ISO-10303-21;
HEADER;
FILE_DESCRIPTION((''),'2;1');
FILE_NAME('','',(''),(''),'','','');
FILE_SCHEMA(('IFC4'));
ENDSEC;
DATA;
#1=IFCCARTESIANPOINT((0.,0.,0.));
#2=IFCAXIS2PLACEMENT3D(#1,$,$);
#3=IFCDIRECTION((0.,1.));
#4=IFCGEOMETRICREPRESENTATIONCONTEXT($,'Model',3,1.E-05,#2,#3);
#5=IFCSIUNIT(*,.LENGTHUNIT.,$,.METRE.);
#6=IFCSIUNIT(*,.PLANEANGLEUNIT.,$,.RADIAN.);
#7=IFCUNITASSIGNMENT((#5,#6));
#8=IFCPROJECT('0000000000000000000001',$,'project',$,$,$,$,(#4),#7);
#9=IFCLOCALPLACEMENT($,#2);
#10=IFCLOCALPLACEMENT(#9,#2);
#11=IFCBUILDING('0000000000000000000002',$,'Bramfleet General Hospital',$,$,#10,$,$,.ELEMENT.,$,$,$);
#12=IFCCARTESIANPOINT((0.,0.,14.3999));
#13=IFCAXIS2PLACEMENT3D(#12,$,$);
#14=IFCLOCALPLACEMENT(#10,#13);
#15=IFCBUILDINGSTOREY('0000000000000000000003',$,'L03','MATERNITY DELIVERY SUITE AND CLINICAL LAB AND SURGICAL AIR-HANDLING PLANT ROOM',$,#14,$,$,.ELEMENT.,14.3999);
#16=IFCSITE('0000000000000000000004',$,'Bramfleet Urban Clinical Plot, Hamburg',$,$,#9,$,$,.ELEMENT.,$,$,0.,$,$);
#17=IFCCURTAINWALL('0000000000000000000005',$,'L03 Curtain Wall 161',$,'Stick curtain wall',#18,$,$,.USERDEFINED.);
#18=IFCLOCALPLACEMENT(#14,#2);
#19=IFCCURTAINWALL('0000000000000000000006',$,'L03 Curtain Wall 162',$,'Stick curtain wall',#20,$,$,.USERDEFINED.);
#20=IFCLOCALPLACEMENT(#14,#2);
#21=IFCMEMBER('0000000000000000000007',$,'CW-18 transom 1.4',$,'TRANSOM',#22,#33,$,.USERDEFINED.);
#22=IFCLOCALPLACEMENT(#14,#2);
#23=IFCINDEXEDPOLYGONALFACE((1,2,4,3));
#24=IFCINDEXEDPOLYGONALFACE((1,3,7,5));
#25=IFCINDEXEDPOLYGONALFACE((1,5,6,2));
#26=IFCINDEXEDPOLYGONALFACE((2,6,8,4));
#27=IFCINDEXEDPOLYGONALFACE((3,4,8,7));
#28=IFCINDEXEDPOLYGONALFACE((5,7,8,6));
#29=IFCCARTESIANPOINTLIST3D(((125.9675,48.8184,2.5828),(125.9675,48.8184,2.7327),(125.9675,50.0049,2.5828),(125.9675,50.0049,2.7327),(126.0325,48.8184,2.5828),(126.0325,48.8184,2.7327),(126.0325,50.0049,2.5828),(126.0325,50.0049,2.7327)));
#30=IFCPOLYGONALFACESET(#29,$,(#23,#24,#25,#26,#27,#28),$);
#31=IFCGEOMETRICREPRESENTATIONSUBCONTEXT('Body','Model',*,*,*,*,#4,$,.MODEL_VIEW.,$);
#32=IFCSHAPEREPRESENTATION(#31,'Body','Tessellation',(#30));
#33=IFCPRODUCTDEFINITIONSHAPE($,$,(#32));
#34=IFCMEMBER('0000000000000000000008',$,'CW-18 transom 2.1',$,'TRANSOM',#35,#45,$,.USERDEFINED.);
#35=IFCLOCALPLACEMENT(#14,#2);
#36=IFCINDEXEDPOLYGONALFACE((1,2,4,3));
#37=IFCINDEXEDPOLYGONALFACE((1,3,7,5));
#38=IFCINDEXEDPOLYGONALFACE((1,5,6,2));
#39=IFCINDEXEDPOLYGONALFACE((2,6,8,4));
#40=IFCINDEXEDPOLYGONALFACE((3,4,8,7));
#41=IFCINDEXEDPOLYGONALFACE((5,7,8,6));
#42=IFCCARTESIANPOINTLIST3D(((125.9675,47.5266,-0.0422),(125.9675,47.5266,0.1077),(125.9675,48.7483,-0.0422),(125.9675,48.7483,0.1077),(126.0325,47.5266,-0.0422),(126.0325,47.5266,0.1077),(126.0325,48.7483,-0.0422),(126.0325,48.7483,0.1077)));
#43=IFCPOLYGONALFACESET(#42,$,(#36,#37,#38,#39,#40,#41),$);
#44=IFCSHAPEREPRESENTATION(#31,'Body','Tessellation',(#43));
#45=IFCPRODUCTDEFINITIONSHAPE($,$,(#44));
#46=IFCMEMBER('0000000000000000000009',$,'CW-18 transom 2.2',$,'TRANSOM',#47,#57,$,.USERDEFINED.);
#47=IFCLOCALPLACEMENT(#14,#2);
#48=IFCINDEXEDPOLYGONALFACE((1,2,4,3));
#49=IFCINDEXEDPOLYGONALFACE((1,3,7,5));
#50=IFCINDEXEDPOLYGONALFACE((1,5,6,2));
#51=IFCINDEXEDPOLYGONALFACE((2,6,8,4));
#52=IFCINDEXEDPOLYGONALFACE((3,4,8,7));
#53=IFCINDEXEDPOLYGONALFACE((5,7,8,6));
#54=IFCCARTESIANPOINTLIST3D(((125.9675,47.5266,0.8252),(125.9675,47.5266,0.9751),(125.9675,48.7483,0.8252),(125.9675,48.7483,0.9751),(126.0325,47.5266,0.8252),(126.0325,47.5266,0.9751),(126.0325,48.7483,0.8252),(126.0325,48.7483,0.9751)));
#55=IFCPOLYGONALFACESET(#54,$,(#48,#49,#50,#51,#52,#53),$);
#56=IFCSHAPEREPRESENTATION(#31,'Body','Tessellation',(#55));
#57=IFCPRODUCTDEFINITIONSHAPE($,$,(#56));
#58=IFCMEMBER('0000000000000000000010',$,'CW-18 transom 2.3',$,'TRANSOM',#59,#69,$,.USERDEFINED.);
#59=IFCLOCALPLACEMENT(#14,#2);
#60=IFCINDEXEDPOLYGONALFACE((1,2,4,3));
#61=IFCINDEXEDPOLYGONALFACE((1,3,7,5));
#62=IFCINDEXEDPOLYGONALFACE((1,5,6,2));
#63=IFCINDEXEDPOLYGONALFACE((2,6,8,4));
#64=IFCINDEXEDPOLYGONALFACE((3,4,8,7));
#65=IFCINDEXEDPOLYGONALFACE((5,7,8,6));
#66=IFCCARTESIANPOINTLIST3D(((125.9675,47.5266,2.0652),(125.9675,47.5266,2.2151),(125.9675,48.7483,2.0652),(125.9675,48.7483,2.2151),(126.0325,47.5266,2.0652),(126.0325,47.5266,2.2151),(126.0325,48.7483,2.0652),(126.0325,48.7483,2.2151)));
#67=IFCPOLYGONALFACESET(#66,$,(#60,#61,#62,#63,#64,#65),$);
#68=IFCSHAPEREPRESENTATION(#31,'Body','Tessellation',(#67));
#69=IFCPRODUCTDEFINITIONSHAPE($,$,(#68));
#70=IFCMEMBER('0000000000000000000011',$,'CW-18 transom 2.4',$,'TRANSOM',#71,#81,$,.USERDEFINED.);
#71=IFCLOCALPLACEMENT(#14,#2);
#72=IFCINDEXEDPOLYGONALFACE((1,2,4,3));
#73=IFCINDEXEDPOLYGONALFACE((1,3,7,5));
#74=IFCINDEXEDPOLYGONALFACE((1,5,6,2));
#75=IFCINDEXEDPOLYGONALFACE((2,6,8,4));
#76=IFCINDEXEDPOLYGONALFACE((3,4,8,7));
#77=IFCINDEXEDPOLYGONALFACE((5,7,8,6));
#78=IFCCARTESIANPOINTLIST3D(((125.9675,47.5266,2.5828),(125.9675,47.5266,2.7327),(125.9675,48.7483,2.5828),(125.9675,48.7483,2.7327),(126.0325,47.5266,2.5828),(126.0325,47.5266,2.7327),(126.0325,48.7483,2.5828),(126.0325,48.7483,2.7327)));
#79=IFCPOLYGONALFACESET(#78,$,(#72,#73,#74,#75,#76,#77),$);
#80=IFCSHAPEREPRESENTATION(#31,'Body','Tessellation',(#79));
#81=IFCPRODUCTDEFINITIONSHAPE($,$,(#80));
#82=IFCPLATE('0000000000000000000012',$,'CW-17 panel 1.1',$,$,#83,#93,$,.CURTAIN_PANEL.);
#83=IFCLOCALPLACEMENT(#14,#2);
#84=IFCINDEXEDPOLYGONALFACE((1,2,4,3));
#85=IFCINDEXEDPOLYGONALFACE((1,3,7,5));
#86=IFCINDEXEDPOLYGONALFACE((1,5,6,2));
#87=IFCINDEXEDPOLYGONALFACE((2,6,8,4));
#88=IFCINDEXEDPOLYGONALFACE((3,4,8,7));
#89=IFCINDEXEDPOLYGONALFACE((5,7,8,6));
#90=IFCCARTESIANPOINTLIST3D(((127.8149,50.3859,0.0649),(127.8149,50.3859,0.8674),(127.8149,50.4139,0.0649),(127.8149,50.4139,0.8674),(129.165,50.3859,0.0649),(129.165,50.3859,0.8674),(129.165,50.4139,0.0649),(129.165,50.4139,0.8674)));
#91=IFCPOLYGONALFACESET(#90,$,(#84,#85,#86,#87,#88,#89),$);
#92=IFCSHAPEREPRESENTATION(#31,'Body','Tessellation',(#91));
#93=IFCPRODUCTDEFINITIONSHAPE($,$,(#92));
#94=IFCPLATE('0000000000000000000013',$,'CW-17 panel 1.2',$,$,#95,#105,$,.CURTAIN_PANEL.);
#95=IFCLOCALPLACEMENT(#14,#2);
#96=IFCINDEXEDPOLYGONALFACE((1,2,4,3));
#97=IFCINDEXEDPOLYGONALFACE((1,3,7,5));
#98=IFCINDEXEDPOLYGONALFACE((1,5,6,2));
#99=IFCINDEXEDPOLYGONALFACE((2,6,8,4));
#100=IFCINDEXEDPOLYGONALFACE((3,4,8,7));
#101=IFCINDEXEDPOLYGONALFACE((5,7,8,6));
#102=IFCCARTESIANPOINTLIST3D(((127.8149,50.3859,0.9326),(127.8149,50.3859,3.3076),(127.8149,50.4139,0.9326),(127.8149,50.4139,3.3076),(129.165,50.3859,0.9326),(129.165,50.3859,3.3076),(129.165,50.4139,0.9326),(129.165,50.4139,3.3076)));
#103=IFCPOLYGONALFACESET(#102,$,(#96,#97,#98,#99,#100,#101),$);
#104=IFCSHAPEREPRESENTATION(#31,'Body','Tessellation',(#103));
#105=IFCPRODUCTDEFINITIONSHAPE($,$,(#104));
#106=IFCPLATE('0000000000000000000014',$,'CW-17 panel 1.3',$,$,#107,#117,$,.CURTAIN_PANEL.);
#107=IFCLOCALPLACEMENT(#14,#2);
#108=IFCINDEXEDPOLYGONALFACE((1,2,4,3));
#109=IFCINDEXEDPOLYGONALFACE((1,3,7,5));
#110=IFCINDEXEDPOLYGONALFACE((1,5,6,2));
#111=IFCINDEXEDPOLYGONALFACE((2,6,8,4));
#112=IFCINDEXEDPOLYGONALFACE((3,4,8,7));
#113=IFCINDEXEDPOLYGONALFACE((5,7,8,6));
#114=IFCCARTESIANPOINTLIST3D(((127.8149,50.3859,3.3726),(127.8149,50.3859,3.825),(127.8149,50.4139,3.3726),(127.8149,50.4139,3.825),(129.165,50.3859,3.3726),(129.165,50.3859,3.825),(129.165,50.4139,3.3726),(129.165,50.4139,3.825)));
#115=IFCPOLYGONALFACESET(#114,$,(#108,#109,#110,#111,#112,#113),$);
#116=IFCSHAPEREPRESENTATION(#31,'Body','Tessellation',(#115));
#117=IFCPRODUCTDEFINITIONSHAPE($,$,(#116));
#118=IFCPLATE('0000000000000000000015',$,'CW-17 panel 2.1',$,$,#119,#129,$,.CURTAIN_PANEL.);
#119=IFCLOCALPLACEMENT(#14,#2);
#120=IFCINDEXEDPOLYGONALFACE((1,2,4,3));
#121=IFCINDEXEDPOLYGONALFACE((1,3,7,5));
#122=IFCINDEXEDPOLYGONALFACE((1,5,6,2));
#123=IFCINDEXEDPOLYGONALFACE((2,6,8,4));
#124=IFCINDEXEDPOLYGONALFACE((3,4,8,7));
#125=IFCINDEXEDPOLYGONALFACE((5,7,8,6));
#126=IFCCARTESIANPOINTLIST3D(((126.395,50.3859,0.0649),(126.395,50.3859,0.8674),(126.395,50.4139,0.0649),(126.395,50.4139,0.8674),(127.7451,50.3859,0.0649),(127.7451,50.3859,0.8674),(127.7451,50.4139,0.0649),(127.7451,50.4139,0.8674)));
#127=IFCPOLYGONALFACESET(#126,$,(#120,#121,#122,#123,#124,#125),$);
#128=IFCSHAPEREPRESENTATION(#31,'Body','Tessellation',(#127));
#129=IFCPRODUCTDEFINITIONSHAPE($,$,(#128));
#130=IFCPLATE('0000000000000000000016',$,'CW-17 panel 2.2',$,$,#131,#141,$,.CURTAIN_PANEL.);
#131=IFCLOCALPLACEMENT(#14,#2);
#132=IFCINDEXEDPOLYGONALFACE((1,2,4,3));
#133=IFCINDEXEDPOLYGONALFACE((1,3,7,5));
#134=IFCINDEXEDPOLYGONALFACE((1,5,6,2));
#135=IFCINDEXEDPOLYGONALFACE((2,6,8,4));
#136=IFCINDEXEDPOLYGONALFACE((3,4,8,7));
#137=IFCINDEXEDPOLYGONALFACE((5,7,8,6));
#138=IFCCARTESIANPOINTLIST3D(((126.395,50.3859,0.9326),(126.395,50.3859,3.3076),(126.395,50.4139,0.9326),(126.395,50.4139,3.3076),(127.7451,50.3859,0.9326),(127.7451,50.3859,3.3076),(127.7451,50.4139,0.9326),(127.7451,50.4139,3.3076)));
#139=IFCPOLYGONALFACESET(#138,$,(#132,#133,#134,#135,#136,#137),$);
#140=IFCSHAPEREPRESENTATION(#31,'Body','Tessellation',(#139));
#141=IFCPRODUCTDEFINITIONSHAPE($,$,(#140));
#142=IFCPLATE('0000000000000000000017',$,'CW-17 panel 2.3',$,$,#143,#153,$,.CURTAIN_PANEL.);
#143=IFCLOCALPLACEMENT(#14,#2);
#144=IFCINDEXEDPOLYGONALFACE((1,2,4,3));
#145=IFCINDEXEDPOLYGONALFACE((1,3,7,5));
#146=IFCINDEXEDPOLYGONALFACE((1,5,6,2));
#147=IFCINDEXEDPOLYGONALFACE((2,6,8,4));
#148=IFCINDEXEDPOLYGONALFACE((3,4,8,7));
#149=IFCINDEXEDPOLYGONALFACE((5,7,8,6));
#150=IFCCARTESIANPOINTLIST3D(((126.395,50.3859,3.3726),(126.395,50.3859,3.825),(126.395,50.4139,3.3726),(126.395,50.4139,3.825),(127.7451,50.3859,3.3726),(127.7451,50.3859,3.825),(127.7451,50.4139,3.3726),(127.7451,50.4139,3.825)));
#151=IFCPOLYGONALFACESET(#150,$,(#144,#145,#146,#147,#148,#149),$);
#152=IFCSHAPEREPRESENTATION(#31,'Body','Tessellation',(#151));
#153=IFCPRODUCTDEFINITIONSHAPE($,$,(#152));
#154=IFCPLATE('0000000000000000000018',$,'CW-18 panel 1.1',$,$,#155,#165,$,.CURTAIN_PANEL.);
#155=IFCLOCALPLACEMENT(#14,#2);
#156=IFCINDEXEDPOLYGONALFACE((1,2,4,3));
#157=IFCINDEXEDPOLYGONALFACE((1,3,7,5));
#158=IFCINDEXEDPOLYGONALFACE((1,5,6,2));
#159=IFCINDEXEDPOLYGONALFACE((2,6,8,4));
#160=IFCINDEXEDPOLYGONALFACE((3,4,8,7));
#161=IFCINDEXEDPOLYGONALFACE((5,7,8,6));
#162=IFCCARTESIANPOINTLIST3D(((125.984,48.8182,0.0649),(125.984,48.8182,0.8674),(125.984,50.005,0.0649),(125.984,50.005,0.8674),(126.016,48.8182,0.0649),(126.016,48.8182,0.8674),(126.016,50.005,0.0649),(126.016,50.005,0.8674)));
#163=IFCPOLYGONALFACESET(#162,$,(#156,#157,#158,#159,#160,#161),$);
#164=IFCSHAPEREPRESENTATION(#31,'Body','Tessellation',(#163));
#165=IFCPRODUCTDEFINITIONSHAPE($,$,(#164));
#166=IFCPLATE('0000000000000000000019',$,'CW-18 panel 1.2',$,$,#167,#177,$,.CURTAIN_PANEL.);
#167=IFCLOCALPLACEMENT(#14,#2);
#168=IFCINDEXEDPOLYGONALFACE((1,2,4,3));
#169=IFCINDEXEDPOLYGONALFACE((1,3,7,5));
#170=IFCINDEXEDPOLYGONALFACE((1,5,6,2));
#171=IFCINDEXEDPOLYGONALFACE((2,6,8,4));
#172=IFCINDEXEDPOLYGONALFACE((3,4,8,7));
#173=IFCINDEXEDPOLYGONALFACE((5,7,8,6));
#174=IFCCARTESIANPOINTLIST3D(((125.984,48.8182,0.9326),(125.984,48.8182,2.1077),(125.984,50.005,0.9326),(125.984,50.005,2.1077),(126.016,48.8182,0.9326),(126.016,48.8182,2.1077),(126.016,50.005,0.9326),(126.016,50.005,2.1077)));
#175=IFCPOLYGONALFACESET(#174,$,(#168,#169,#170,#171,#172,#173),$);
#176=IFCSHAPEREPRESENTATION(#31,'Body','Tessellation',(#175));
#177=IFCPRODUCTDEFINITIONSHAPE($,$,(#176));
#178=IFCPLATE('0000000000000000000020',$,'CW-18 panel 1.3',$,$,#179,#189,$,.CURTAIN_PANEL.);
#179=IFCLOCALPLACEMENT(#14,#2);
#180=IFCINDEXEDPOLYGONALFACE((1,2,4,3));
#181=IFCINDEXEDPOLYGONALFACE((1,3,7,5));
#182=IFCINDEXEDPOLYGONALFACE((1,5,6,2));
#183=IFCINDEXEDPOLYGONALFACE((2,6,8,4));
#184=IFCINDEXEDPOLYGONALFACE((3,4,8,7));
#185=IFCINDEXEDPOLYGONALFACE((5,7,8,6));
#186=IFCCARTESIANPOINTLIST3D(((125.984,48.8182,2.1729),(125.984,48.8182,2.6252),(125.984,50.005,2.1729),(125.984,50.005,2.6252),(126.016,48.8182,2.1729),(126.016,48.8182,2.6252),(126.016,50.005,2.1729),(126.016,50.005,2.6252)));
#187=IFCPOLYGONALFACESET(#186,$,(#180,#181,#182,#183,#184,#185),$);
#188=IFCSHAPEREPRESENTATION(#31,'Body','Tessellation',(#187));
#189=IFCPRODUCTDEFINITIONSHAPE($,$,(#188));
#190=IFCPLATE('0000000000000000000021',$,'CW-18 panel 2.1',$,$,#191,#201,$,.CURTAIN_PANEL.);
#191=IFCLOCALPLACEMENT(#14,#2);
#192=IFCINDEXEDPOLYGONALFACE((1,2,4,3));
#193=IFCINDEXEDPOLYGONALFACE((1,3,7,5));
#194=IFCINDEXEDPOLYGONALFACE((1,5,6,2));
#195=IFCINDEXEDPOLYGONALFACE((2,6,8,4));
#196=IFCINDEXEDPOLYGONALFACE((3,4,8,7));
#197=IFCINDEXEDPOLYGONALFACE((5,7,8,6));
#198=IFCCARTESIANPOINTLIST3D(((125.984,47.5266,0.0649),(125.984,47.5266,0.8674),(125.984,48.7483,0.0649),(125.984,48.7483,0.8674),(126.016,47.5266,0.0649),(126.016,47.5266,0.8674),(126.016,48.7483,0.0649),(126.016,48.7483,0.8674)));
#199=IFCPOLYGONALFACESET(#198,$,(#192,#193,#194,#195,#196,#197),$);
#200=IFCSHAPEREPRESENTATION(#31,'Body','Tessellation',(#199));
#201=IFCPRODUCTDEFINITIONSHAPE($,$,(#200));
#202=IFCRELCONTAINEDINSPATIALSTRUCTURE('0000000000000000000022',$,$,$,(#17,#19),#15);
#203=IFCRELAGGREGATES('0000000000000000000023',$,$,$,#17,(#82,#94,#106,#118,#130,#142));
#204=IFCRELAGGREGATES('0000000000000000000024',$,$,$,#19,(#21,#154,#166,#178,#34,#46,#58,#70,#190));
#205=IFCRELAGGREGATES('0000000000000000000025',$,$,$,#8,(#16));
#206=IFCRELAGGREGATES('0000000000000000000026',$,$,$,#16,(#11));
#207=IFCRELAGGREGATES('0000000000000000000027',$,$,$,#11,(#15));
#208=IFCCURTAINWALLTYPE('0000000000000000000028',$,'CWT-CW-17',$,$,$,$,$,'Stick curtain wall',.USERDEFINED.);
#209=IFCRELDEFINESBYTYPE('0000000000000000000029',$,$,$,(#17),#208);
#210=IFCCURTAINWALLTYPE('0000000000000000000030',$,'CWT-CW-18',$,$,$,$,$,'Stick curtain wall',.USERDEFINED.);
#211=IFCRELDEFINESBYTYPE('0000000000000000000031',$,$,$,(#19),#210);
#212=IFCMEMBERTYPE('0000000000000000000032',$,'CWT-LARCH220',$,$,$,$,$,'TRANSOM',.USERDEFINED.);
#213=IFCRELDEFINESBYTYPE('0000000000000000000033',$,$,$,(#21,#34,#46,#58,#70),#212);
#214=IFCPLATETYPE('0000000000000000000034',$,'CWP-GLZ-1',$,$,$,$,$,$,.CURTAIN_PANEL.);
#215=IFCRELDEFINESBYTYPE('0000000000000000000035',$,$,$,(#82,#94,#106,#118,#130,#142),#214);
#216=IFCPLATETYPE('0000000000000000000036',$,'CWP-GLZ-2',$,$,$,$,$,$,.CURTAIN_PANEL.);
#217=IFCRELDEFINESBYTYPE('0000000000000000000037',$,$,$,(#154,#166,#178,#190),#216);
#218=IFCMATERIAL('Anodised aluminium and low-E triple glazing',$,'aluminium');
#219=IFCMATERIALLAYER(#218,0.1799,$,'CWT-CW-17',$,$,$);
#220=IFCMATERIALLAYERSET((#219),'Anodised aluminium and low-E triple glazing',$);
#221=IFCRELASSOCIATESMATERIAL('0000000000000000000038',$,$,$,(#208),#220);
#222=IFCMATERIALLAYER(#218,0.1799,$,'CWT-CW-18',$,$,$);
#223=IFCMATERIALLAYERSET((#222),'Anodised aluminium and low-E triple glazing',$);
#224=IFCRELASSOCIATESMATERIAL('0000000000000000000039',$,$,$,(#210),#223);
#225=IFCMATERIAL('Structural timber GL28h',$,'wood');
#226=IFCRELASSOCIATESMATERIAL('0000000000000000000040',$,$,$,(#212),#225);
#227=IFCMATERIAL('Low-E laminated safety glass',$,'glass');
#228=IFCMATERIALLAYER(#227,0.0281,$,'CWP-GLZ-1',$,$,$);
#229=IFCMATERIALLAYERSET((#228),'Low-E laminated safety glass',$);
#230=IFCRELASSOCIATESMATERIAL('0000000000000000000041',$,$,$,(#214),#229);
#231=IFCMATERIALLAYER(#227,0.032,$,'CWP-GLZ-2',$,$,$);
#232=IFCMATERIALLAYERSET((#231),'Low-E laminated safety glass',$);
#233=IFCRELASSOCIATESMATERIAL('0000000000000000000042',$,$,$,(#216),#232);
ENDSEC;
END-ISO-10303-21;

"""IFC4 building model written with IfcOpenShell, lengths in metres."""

from ifc_helpers import new_model, si_unit, direction, frame, origin, origin_2d, place, context, subcontext, project, spatial, rectangle, extrude, material, layer, layer_set, material_profile, profile_set, type_object, element, aggregate, save


model = new_model("IFC4")

# Units and contexts
model_context = context("Model", 3, precision=1e-05, world=origin(), true_north=direction((0.0, 1.0)))
body_context = subcontext(model_context, "Body", "Model", "MODEL_VIEW")
ifc_project = project(units=[si_unit("LENGTHUNIT", "METRE"), si_unit("PLANEANGLEUNIT", "RADIAN")], contexts=[model_context])

# Site, building, storey
site_placement = place(None, origin())
site = spatial("IfcSite", under=ifc_project, at=site_placement, Name="Bramfleet Urban Clinical Plot, Hamburg", CompositionType="ELEMENT", RefElevation=0.0)
building_placement = place(site_placement, origin())
building = spatial("IfcBuilding", under=site, at=building_placement, Name="Bramfleet General Hospital", CompositionType="ELEMENT")
storey_placement = place(building_placement, frame((0.0, 0.0, 14.3999)))
storey = spatial("IfcBuildingStorey", under=building, at=storey_placement, Name="L03", Description="MATERNITY DELIVERY SUITE AND CLINICAL LAB AND SURGICAL AIR-HANDLING PLANT ROOM", CompositionType="ELEMENT", Elevation=14.3999)

# Curtain walls
ifc_material_1 = material(Name="Anodised aluminium and low-E triple glazing", Category="aluminium")
ifc_layer_1 = layer(ifc_material_1, 0.1799, Name="CWT-CW-17")
ifc_layer_set_1 = layer_set([ifc_layer_1], Name="Anodised aluminium and low-E triple glazing")
curtain_wall_type_1 = type_object("IfcCurtainWallType", Name="CWT-CW-17", ElementType="Stick curtain wall", PredefinedType="USERDEFINED", material=ifc_layer_set_1)
curtain_wall_1_placement = place(storey_placement, origin())
curtain_wall_1 = element("IfcCurtainWall", 1, at=curtain_wall_1_placement, inside=storey, type_object=curtain_wall_type_1, Name="L03 Curtain Wall 161", ObjectType="Stick curtain wall", PredefinedType="USERDEFINED")
ifc_material_2 = material(Name="Structural timber GL28h", Category="wood")
ifc_layer_2 = layer(ifc_material_1, 0.1799, Name="CWT-CW-18")
ifc_layer_set_2 = layer_set([ifc_layer_2], Name="Anodised aluminium and low-E triple glazing")
curtain_wall_type_2 = type_object("IfcCurtainWallType", Name="CWT-CW-18", ElementType="Stick curtain wall", PredefinedType="USERDEFINED", material=ifc_layer_set_2)
curtain_wall_2_placement = place(storey_placement, origin())
curtain_wall_2 = element("IfcCurtainWall", 2, at=curtain_wall_2_placement, inside=storey, type_object=curtain_wall_type_2, Name="L03 Curtain Wall 162", ObjectType="Stick curtain wall", PredefinedType="USERDEFINED")

# Members
ifc_material_profile_1 = material_profile(ifc_material_2, rectangle(XDim=0.0649, YDim=0.1499, at=origin_2d()), Name="LARCH 150x65")
ifc_profile_set_1 = profile_set([ifc_material_profile_1], Name="Structural timber GL28h")
member_type_1 = type_object("IfcMemberType", Name="CWT-LARCH220", ElementType="TRANSOM", PredefinedType="USERDEFINED", material=ifc_profile_set_1)
member_1_placement = place(storey_placement, frame((126.0, 50.0049, 2.6577), z_axis=(0.0, -1.0, 0.0), x_axis=(1.0, 0.0, 0.0)))
member_1 = element("IfcMember", 3, at=member_1_placement, type_object=member_type_1, Name="CW-18 transom 1.4", ObjectType="TRANSOM", PredefinedType="USERDEFINED", context=body_context, shape_type="SweptSolid", body=[
    extrude(rectangle(XDim=0.0649, YDim=0.1499, at=origin_2d()), origin(), (0.0, 0.0, 1.0), 1.1865),
])
member_2_placement = place(storey_placement, frame((126.0, 48.7483, 0.0327), z_axis=(0.0, -1.0, 0.0), x_axis=(1.0, 0.0, 0.0)))
member_2 = element("IfcMember", 4, at=member_2_placement, type_object=member_type_1, Name="CW-18 transom 2.1", ObjectType="TRANSOM", PredefinedType="USERDEFINED", context=body_context, shape_type="SweptSolid", body=[
    extrude(rectangle(XDim=0.0649, YDim=0.1499, at=origin_2d()), origin(), (0.0, 0.0, 1.0), 1.2217),
])
member_3_placement = place(storey_placement, frame((126.0, 48.7483, 0.9001), z_axis=(0.0, -1.0, 0.0), x_axis=(1.0, 0.0, 0.0)))
member_3 = element("IfcMember", 5, at=member_3_placement, type_object=member_type_1, Name="CW-18 transom 2.2", ObjectType="TRANSOM", PredefinedType="USERDEFINED", context=body_context, shape_type="SweptSolid", body=[
    extrude(rectangle(XDim=0.0649, YDim=0.1499, at=origin_2d()), origin(), (0.0, 0.0, 1.0), 1.2217),
])
member_4_placement = place(storey_placement, frame((126.0, 48.7483, 2.1401), z_axis=(0.0, -1.0, 0.0), x_axis=(1.0, 0.0, 0.0)))
member_4 = element("IfcMember", 6, at=member_4_placement, type_object=member_type_1, Name="CW-18 transom 2.3", ObjectType="TRANSOM", PredefinedType="USERDEFINED", context=body_context, shape_type="SweptSolid", body=[
    extrude(rectangle(XDim=0.0649, YDim=0.1499, at=origin_2d()), origin(), (0.0, 0.0, 1.0), 1.2217),
])
member_5_placement = place(storey_placement, frame((126.0, 48.7483, 2.6577), z_axis=(0.0, -1.0, 0.0), x_axis=(1.0, 0.0, 0.0)))
member_5 = element("IfcMember", 7, at=member_5_placement, type_object=member_type_1, Name="CW-18 transom 2.4", ObjectType="TRANSOM", PredefinedType="USERDEFINED", context=body_context, shape_type="SweptSolid", body=[
    extrude(rectangle(XDim=0.0649, YDim=0.1499, at=origin_2d()), origin(), (0.0, 0.0, 1.0), 1.2217),
])

# Plates
ifc_material_3 = material(Name="Low-E laminated safety glass", Category="glass")
ifc_layer_3 = layer(ifc_material_3, 0.0281, Name="CWP-GLZ-1")
ifc_layer_set_3 = layer_set([ifc_layer_3], Name="Low-E laminated safety glass")
plate_type_1 = type_object("IfcPlateType", Name="CWP-GLZ-1", PredefinedType="CURTAIN_PANEL", material=ifc_layer_set_3)
plate_1_placement = place(storey_placement, frame((128.49, 50.3999, 0.0649), z_axis=(0.0, 0.0, 1.0), x_axis=(-1.0, 0.0, 0.0)))
plate_1 = element("IfcPlate", 8, at=plate_1_placement, type_object=plate_type_1, Name="CW-17 panel 1.1", PredefinedType="CURTAIN_PANEL", context=body_context, shape_type="SweptSolid", body=[
    extrude(rectangle(XDim=1.3501, YDim=0.0281, at=origin_2d()), origin(), (0.0, 0.0, 1.0), 0.8025),
])
plate_2_placement = place(storey_placement, frame((128.49, 50.3999, 0.9326), z_axis=(0.0, 0.0, 1.0), x_axis=(-1.0, 0.0, 0.0)))
plate_2 = element("IfcPlate", 9, at=plate_2_placement, type_object=plate_type_1, Name="CW-17 panel 1.2", PredefinedType="CURTAIN_PANEL", context=body_context, shape_type="SweptSolid", body=[
    extrude(rectangle(XDim=1.3501, YDim=0.0281, at=origin_2d()), origin(), (0.0, 0.0, 1.0), 2.375),
])
plate_3_placement = place(storey_placement, frame((128.49, 50.3999, 3.3726), z_axis=(0.0, 0.0, 1.0), x_axis=(-1.0, 0.0, 0.0)))
plate_3 = element("IfcPlate", 10, at=plate_3_placement, type_object=plate_type_1, Name="CW-17 panel 1.3", PredefinedType="CURTAIN_PANEL", context=body_context, shape_type="SweptSolid", body=[
    extrude(rectangle(XDim=1.3501, YDim=0.0281, at=origin_2d()), origin(), (0.0, 0.0, 1.0), 0.4524),
])
plate_4_placement = place(storey_placement, frame((127.0701, 50.3999, 0.0649), z_axis=(0.0, 0.0, 1.0), x_axis=(-1.0, 0.0, 0.0)))
plate_4 = element("IfcPlate", 11, at=plate_4_placement, type_object=plate_type_1, Name="CW-17 panel 2.1", PredefinedType="CURTAIN_PANEL", context=body_context, shape_type="SweptSolid", body=[
    extrude(rectangle(XDim=1.3501, YDim=0.0281, at=origin_2d()), origin(), (0.0, 0.0, 1.0), 0.8025),
])
plate_5_placement = place(storey_placement, frame((127.0701, 50.3999, 0.9326), z_axis=(0.0, 0.0, 1.0), x_axis=(-1.0, 0.0, 0.0)))
plate_5 = element("IfcPlate", 12, at=plate_5_placement, type_object=plate_type_1, Name="CW-17 panel 2.2", PredefinedType="CURTAIN_PANEL", context=body_context, shape_type="SweptSolid", body=[
    extrude(rectangle(XDim=1.3501, YDim=0.0281, at=origin_2d()), origin(), (0.0, 0.0, 1.0), 2.375),
])
plate_6_placement = place(storey_placement, frame((127.0701, 50.3999, 3.3726), z_axis=(0.0, 0.0, 1.0), x_axis=(-1.0, 0.0, 0.0)))
plate_6 = element("IfcPlate", 13, at=plate_6_placement, type_object=plate_type_1, Name="CW-17 panel 2.3", PredefinedType="CURTAIN_PANEL", context=body_context, shape_type="SweptSolid", body=[
    extrude(rectangle(XDim=1.3501, YDim=0.0281, at=origin_2d()), origin(), (0.0, 0.0, 1.0), 0.4524),
])
aggregate(curtain_wall_1, [plate_1, plate_2, plate_3, plate_4, plate_5, plate_6])
ifc_layer_4 = layer(ifc_material_3, 0.032, Name="CWP-GLZ-2")
ifc_layer_set_4 = layer_set([ifc_layer_4], Name="Low-E laminated safety glass")
plate_type_2 = type_object("IfcPlateType", Name="CWP-GLZ-2", PredefinedType="CURTAIN_PANEL", material=ifc_layer_set_4)
plate_7_placement = place(storey_placement, frame((126.0, 49.4116, 0.0649), z_axis=(0.0, 0.0, 1.0), x_axis=(0.0, -1.0, 0.0)))
plate_7 = element("IfcPlate", 14, at=plate_7_placement, type_object=plate_type_2, Name="CW-18 panel 1.1", PredefinedType="CURTAIN_PANEL", context=body_context, shape_type="SweptSolid", body=[
    extrude(rectangle(XDim=1.1868, YDim=0.032, at=origin_2d()), origin(), (0.0, 0.0, 1.0), 0.8025),
])
plate_8_placement = place(storey_placement, frame((126.0, 49.4116, 0.9326), z_axis=(0.0, 0.0, 1.0), x_axis=(0.0, -1.0, 0.0)))
plate_8 = element("IfcPlate", 15, at=plate_8_placement, type_object=plate_type_2, Name="CW-18 panel 1.2", PredefinedType="CURTAIN_PANEL", context=body_context, shape_type="SweptSolid", body=[
    extrude(rectangle(XDim=1.1868, YDim=0.032, at=origin_2d()), origin(), (0.0, 0.0, 1.0), 1.175),
])
plate_9_placement = place(storey_placement, frame((126.0, 49.4116, 2.1729), z_axis=(0.0, 0.0, 1.0), x_axis=(0.0, -1.0, 0.0)))
plate_9 = element("IfcPlate", 16, at=plate_9_placement, type_object=plate_type_2, Name="CW-18 panel 1.3", PredefinedType="CURTAIN_PANEL", context=body_context, shape_type="SweptSolid", body=[
    extrude(rectangle(XDim=1.1868, YDim=0.032, at=origin_2d()), origin(), (0.0, 0.0, 1.0), 0.4524),
])
plate_10_placement = place(storey_placement, frame((126.0, 48.1375, 0.0649), z_axis=(0.0, 0.0, 1.0), x_axis=(0.0, -1.0, 0.0)))
plate_10 = element("IfcPlate", 17, at=plate_10_placement, type_object=plate_type_2, Name="CW-18 panel 2.1", PredefinedType="CURTAIN_PANEL", context=body_context, shape_type="SweptSolid", body=[
    extrude(rectangle(XDim=1.2217, YDim=0.032, at=origin_2d()), origin(), (0.0, 0.0, 1.0), 0.8025),
])
aggregate(curtain_wall_2, [member_1, plate_7, plate_8, plate_9, member_2, member_3, member_4, member_5, plate_10])

save(model, "model.ifc")
